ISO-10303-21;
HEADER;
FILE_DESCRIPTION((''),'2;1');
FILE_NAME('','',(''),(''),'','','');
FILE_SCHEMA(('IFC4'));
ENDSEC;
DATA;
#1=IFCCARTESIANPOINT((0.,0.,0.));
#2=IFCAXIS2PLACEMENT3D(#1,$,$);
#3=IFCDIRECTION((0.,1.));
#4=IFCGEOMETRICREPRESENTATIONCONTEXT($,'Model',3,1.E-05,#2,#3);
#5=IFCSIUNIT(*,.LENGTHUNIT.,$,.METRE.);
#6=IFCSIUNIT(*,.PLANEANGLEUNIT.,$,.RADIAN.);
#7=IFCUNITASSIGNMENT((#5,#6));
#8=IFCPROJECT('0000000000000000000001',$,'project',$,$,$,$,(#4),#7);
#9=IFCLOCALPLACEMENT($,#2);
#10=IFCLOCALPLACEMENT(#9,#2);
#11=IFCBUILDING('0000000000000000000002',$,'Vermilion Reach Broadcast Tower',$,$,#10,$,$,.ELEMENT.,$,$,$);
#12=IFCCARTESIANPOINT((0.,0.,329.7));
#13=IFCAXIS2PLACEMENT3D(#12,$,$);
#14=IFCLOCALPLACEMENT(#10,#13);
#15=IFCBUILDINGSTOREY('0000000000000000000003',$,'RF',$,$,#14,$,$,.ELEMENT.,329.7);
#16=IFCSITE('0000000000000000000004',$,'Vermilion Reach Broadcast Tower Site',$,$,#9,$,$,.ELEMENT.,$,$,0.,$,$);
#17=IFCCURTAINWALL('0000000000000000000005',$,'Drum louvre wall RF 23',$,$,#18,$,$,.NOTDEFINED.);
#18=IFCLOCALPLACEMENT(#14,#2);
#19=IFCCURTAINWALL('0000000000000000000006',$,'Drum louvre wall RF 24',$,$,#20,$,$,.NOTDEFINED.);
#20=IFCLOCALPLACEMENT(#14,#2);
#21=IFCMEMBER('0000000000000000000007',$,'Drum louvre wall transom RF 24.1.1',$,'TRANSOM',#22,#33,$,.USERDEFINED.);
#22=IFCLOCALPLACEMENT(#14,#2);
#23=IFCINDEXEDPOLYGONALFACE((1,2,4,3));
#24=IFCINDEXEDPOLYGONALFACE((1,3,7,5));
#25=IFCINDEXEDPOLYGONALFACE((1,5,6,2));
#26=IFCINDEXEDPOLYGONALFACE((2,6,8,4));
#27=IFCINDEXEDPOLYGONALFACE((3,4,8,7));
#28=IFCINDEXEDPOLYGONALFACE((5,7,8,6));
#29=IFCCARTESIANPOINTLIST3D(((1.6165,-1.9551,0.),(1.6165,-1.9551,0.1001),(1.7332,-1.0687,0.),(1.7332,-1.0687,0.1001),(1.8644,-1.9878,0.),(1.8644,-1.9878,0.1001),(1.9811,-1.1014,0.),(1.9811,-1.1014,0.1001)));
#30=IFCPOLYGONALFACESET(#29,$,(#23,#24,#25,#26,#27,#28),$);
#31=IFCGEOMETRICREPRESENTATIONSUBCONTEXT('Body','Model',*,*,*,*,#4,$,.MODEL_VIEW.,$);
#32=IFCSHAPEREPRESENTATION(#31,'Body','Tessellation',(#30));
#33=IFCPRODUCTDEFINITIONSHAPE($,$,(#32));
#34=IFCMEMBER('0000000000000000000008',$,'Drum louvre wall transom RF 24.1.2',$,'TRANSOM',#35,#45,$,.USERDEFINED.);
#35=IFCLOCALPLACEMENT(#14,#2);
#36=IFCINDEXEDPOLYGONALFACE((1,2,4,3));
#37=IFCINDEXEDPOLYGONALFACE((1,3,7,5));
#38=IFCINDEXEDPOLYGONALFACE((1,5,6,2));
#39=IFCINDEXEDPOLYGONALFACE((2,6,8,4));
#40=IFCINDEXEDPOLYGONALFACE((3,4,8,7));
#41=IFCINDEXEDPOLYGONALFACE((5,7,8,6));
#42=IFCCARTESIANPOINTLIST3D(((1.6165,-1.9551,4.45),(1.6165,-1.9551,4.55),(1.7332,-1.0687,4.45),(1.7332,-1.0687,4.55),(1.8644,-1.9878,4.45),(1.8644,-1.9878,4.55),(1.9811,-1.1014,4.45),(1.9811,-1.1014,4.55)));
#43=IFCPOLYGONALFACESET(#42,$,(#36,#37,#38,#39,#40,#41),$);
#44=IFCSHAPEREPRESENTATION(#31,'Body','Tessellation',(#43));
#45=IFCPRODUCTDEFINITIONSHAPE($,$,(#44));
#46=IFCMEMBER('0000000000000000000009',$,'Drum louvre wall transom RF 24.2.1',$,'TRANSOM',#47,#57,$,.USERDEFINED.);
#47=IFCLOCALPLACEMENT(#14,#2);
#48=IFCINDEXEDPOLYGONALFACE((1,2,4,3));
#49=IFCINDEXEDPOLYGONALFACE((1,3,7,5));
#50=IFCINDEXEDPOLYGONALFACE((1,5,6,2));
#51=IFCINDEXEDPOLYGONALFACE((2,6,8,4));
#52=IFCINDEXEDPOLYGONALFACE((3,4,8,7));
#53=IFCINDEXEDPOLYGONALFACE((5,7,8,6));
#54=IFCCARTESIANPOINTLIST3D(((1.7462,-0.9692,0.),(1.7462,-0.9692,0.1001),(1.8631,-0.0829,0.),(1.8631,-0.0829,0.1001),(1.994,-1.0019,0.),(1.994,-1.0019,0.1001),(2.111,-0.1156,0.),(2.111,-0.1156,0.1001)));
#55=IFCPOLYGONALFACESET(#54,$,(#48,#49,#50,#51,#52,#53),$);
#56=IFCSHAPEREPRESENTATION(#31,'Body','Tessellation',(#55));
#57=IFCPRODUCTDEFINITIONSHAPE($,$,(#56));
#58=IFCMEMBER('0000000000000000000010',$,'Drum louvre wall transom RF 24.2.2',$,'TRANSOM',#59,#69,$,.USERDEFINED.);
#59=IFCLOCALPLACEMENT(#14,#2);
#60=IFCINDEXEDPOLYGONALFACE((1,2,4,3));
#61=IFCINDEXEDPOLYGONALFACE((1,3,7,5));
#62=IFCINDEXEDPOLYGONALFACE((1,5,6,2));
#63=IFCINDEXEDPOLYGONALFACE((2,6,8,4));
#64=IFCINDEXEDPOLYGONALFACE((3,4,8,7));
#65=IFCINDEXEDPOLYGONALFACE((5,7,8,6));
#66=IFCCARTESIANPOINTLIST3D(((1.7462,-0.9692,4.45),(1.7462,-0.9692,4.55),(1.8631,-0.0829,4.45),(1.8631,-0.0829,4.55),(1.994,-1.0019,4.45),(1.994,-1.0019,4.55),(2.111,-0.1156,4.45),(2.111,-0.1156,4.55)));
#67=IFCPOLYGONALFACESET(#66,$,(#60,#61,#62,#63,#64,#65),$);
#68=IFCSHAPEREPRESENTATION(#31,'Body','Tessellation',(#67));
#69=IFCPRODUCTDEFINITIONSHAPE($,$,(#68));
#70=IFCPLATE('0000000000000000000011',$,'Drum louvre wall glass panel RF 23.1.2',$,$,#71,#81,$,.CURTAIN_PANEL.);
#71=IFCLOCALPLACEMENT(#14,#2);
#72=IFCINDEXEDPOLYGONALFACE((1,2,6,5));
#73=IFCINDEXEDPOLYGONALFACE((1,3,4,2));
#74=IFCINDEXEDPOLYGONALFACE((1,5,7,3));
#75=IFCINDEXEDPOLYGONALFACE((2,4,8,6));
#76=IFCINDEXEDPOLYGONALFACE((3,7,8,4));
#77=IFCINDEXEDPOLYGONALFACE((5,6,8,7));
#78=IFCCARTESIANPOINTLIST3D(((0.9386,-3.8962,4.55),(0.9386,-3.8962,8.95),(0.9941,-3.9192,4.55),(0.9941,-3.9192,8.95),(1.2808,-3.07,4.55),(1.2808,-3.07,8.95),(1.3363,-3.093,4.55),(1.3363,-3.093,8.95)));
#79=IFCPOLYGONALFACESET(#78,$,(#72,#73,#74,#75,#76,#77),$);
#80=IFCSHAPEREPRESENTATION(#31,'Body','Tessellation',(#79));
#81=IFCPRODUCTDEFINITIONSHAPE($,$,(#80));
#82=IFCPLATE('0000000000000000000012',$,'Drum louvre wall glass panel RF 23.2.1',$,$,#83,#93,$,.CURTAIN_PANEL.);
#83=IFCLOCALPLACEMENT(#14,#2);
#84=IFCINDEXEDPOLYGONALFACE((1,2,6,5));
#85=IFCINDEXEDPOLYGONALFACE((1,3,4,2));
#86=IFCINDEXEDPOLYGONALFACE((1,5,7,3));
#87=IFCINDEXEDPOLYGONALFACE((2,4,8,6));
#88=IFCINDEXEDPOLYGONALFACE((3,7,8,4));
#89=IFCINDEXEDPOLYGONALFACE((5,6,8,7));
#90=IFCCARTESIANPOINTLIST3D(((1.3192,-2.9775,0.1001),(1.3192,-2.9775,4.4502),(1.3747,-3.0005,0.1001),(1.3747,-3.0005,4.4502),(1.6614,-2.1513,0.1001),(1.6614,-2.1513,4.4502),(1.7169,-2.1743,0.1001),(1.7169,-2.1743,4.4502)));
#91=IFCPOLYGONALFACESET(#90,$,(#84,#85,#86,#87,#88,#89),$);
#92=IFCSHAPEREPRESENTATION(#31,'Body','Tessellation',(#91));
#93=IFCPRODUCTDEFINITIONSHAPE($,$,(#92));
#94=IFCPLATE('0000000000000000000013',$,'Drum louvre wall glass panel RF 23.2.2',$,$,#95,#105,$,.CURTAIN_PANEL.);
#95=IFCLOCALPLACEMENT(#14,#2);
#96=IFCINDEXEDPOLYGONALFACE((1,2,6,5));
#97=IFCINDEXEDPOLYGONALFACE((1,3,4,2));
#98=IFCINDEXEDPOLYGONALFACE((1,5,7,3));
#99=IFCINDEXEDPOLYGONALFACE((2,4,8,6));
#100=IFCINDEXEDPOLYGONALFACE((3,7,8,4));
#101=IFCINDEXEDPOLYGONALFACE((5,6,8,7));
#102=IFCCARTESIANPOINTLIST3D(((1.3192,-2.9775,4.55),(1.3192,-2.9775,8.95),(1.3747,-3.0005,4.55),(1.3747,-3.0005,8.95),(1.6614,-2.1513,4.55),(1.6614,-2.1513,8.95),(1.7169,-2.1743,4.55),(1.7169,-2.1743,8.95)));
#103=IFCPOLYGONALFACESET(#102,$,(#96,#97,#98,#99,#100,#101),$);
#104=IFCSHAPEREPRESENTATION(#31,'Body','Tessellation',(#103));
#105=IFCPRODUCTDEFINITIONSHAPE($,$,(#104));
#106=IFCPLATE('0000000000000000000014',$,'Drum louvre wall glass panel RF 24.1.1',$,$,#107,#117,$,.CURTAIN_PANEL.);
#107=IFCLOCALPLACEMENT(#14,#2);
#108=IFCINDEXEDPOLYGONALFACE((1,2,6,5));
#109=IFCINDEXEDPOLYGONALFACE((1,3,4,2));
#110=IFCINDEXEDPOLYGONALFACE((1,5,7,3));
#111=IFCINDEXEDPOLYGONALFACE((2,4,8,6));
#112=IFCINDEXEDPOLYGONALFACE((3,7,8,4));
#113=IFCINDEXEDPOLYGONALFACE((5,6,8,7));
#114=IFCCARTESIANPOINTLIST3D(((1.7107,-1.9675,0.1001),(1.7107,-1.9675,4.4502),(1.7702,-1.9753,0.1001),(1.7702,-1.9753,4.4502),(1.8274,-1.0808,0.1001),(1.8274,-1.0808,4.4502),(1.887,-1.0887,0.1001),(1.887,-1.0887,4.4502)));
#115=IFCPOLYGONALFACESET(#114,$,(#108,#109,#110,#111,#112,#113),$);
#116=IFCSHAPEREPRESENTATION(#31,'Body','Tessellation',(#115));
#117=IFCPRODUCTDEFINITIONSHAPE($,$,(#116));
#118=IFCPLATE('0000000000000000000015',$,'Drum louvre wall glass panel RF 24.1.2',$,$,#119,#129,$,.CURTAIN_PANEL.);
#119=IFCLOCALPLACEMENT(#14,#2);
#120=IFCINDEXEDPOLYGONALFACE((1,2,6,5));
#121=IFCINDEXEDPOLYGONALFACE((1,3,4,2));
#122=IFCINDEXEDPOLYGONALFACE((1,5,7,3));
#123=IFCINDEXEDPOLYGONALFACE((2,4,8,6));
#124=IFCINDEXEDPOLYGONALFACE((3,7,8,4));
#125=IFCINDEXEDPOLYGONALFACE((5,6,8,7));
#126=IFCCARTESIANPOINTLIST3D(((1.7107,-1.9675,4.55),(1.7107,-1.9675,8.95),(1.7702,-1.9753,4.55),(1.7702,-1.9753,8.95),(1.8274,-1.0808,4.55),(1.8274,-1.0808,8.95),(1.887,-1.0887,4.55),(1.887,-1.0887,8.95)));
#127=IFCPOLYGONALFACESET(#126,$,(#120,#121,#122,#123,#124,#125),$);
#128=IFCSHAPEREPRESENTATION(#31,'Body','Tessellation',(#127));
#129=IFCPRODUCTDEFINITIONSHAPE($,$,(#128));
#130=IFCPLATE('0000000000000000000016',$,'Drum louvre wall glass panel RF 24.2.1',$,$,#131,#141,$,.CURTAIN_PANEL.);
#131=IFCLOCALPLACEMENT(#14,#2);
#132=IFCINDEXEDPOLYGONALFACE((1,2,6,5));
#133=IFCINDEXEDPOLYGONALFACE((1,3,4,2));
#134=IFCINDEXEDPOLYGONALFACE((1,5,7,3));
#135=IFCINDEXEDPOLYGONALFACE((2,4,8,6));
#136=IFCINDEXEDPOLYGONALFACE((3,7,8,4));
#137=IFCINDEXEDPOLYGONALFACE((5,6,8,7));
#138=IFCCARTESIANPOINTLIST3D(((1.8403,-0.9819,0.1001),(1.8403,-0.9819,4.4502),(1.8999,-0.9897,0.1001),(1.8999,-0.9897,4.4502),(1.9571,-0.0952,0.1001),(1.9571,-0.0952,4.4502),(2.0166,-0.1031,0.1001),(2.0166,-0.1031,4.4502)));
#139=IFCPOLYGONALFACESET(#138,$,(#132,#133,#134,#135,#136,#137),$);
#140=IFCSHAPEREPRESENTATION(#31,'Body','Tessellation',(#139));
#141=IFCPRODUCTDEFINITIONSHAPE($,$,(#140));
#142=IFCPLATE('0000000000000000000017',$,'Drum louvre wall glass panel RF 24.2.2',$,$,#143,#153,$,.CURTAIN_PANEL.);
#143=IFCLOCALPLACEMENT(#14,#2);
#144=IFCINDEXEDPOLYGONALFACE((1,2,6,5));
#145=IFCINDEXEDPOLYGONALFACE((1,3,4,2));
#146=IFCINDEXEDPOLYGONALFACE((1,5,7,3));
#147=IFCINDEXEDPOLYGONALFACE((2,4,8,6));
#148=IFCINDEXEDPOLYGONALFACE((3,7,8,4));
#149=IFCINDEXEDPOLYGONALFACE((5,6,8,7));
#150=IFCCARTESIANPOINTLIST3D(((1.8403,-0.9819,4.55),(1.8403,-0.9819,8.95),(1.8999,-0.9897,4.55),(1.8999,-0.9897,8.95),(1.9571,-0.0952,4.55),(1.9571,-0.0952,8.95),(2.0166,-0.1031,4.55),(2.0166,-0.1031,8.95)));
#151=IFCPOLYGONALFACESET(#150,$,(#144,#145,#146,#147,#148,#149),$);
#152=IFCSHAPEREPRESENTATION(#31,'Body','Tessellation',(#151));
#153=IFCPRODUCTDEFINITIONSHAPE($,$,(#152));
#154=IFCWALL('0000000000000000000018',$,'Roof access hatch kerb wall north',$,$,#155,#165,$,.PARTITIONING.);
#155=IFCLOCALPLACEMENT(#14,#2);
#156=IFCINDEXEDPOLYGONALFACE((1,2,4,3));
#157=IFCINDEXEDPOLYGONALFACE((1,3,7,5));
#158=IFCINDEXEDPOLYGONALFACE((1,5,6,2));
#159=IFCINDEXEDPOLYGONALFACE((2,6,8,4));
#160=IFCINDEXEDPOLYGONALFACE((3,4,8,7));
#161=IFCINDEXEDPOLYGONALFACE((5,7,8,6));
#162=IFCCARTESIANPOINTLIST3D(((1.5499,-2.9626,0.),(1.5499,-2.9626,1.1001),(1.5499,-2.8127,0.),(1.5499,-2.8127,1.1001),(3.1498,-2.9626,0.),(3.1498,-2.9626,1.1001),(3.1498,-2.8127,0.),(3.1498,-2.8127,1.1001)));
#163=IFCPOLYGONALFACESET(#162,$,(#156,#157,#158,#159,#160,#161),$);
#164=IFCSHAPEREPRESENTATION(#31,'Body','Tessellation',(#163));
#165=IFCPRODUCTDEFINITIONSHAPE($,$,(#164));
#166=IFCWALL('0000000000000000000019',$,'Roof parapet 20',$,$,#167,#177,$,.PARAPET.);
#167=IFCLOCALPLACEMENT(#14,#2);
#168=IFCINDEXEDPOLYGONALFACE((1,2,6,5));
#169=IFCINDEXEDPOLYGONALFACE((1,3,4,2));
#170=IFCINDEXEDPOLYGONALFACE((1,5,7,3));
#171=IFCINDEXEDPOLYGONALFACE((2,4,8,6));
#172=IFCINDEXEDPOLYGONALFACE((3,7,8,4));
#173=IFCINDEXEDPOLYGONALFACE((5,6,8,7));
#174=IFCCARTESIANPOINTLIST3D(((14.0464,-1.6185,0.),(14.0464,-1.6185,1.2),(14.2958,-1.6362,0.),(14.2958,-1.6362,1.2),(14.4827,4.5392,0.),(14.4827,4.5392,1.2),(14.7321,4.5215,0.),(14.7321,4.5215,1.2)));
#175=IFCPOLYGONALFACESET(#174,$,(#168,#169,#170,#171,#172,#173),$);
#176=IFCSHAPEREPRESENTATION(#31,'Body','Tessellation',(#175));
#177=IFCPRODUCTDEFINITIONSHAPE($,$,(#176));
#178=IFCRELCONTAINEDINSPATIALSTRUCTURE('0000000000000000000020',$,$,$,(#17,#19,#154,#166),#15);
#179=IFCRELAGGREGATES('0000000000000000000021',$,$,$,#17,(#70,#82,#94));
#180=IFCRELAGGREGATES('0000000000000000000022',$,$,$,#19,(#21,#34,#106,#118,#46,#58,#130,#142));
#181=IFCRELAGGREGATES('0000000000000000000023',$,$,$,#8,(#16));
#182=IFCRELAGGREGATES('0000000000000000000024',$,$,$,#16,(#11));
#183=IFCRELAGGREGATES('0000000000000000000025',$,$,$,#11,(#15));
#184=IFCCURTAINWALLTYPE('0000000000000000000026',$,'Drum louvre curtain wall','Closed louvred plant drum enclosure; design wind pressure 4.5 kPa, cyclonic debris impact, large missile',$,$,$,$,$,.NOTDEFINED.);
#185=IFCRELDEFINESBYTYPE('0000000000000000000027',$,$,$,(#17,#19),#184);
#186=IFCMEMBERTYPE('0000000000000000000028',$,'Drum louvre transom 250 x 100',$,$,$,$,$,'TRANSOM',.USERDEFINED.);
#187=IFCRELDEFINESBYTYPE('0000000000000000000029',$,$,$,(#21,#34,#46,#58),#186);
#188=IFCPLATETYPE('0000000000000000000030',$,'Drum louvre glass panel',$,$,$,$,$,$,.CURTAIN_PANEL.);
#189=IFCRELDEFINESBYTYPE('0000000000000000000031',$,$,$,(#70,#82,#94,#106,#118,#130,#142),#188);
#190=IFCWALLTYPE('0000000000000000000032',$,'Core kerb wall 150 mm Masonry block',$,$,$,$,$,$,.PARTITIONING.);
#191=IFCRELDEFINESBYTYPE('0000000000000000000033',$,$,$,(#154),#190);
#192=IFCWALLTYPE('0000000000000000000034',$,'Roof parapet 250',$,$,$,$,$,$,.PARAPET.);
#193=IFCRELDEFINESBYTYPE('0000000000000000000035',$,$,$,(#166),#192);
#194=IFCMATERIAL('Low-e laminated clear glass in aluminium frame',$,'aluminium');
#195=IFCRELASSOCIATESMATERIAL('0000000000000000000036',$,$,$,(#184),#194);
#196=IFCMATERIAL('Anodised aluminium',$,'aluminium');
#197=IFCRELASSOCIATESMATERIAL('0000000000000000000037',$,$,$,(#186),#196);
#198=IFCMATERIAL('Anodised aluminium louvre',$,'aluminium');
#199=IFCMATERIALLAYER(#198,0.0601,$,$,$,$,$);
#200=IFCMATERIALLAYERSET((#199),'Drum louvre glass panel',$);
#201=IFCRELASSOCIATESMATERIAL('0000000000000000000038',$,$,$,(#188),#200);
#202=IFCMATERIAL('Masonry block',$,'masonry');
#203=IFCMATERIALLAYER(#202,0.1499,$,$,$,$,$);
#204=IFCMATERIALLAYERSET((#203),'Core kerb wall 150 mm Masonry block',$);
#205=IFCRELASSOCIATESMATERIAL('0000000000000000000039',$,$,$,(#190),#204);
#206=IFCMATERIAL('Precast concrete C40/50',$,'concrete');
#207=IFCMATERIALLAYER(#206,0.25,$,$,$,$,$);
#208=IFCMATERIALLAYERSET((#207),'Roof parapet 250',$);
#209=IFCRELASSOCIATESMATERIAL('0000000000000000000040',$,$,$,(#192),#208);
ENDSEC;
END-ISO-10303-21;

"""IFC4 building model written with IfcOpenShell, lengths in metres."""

from ifc_helpers import new_model, si_unit, direction, frame, frame_2d, origin, origin_2d, place, context, subcontext, project, spatial, rectangle, extrude, material, layer, layer_set, material_profile, profile_set, type_object, element, aggregate, save


model = new_model("IFC4")

# Units and contexts
model_context = context("Model", 3, precision=1e-05, world=origin(), true_north=direction((0.0, 1.0)))
body_context = subcontext(model_context, "Body", "Model", "MODEL_VIEW")
ifc_project = project(units=[si_unit("LENGTHUNIT", "METRE"), si_unit("PLANEANGLEUNIT", "RADIAN")], contexts=[model_context])

# Site, building, storey
site_placement = place(None, origin())
site = spatial("IfcSite", under=ifc_project, at=site_placement, Name="Vermilion Reach Broadcast Tower Site", CompositionType="ELEMENT", RefElevation=0.0)
building_placement = place(site_placement, origin())
building = spatial("IfcBuilding", under=site, at=building_placement, Name="Vermilion Reach Broadcast Tower", CompositionType="ELEMENT")
storey_placement = place(building_placement, frame((0.0, 0.0, 329.7)))
storey = spatial("IfcBuildingStorey", under=building, at=storey_placement, Name="RF", CompositionType="ELEMENT", Elevation=329.7)

# Shared definitions
ifc_material_1 = material(Name="Low-e laminated clear glass in aluminium frame", Category="aluminium")
curtain_wall_type = type_object("IfcCurtainWallType", Name="Drum louvre curtain wall", Description="Closed louvred plant drum enclosure; design wind pressure 4.5 kPa, cyclonic debris impact, large missile", PredefinedType="NOTDEFINED", material=ifc_material_1)
placement = place(storey_placement, origin())

# Curtain walls
curtain_wall_1 = element("IfcCurtainWall", 1, at=placement, inside=storey, type_object=curtain_wall_type, Name="Drum louvre wall RF 23", PredefinedType="NOTDEFINED")
curtain_wall_2 = element("IfcCurtainWall", 2, at=placement, inside=storey, type_object=curtain_wall_type, Name="Drum louvre wall RF 24", PredefinedType="NOTDEFINED")

# Members
ifc_material_2 = material(Name="Anodised aluminium", Category="aluminium")
ifc_material_profile_1 = material_profile(ifc_material_2, rectangle(XDim=0.25, YDim=0.1001, at=origin_2d()), Name="Drum louvre transom 250 x 100")
ifc_profile_set_1 = profile_set([ifc_material_profile_1], Name="Anodised aluminium")
member_type_1 = type_object("IfcMemberType", Name="Drum louvre transom 250 x 100", ElementType="TRANSOM", PredefinedType="USERDEFINED", material=ifc_profile_set_1)
member_1_placement = place(storey_placement, frame((1.7405, -1.9714, 0.05), z_axis=(0.130518, 0.991446, 0.0), x_axis=(-0.991446, 0.130518, 0.0)))
member_1 = element("IfcMember", 3, at=member_1_placement, type_object=member_type_1, Name="Drum louvre wall transom RF 24.1.1", ObjectType="TRANSOM", PredefinedType="USERDEFINED", context=body_context, shape_type="SweptSolid", body=[
    extrude(rectangle(XDim=0.25, YDim=0.1001, at=origin_2d()), origin(), (0.0, 0.0, 1.0), 0.894),
])
member_2_placement = place(storey_placement, frame((1.7405, -1.9714, 4.5), z_axis=(0.130518, 0.991446, 0.0), x_axis=(-0.991446, 0.130518, 0.0)))
member_2 = element("IfcMember", 4, at=member_2_placement, type_object=member_type_1, Name="Drum louvre wall transom RF 24.1.2", ObjectType="TRANSOM", PredefinedType="USERDEFINED", context=body_context, shape_type="SweptSolid", body=[
    extrude(rectangle(XDim=0.25, YDim=0.1001, at=origin_2d()), origin(), (0.0, 0.0, 1.0), 0.894),
])
member_3_placement = place(storey_placement, frame((1.8701, -0.9856, 0.05), z_axis=(0.130786, 0.991411, 0.0), x_axis=(-0.991411, 0.130786, 0.0)))
member_3 = element("IfcMember", 5, at=member_3_placement, type_object=member_type_1, Name="Drum louvre wall transom RF 24.2.1", ObjectType="TRANSOM", PredefinedType="USERDEFINED", context=body_context, shape_type="SweptSolid", body=[
    extrude(rectangle(XDim=0.25, YDim=0.1001, at=origin_2d()), origin(), (0.0, 0.0, 1.0), 0.894),
])
member_4_placement = place(storey_placement, frame((1.8701, -0.9856, 4.5), z_axis=(0.130786, 0.991411, 0.0), x_axis=(-0.991411, 0.130786, 0.0)))
member_4 = element("IfcMember", 6, at=member_4_placement, type_object=member_type_1, Name="Drum louvre wall transom RF 24.2.2", ObjectType="TRANSOM", PredefinedType="USERDEFINED", context=body_context, shape_type="SweptSolid", body=[
    extrude(rectangle(XDim=0.25, YDim=0.1001, at=origin_2d()), origin(), (0.0, 0.0, 1.0), 0.894),
])

# Plates
ifc_material_3 = material(Name="Anodised aluminium louvre", Category="aluminium")
ifc_layer_1 = layer(ifc_material_3, 0.0601)
ifc_layer_set_1 = layer_set([ifc_layer_1], Name="Drum louvre glass panel")
plate_type = type_object("IfcPlateType", Name="Drum louvre glass panel", PredefinedType="CURTAIN_PANEL", material=ifc_layer_set_1)
plate_1_placement = place(storey_placement, frame((1.1375, -3.4946, 4.55), z_axis=(0.0, 0.0, 1.0), x_axis=(0.382683, 0.92388, 0.0)))
plate_1 = element("IfcPlate", 7, at=plate_1_placement, type_object=plate_type, Name="Drum louvre wall glass panel RF 23.1.2", PredefinedType="CURTAIN_PANEL", context=body_context, shape_type="SweptSolid", body=[
    extrude(rectangle(XDim=0.8943, YDim=0.0601, at=origin_2d()), origin(), (0.0, 0.0, 1.0), 4.3999),
])
plate_2_placement = place(storey_placement, frame((1.5181, -2.5759, 0.1001), z_axis=(0.0, 0.0, 1.0), x_axis=(0.382683, 0.92388, 0.0)))
plate_2 = element("IfcPlate", 8, at=plate_2_placement, type_object=plate_type, Name="Drum louvre wall glass panel RF 23.2.1", PredefinedType="CURTAIN_PANEL", context=body_context, shape_type="SweptSolid", body=[
    extrude(rectangle(XDim=0.8943, YDim=0.0601, at=origin_2d()), origin(), (0.0, 0.0, 1.0), 4.3501),
])
plate_3_placement = place(storey_placement, frame((1.5181, -2.5759, 4.55), z_axis=(0.0, 0.0, 1.0), x_axis=(0.382683, 0.92388, 0.0)))
plate_3 = element("IfcPlate", 9, at=plate_3_placement, type_object=plate_type, Name="Drum louvre wall glass panel RF 23.2.2", PredefinedType="CURTAIN_PANEL", context=body_context, shape_type="SweptSolid", body=[
    extrude(rectangle(XDim=0.8943, YDim=0.0601, at=origin_2d()), origin(), (0.0, 0.0, 1.0), 4.3999),
])
aggregate(curtain_wall_1, [plate_1, plate_2, plate_3])
plate_4_placement = place(storey_placement, frame((1.7988, -1.5281, 0.1001), z_axis=(0.0, 0.0, 1.0), x_axis=(0.130526, 0.991445, 0.0)))
plate_4 = element("IfcPlate", 10, at=plate_4_placement, type_object=plate_type, Name="Drum louvre wall glass panel RF 24.1.1", PredefinedType="CURTAIN_PANEL", context=body_context, shape_type="SweptSolid", body=[
    extrude(rectangle(XDim=0.8943, YDim=0.0601, at=origin_2d()), origin(), (0.0, 0.0, 1.0), 4.3501),
])
plate_5_placement = place(storey_placement, frame((1.7988, -1.5281, 4.55), z_axis=(0.0, 0.0, 1.0), x_axis=(0.130526, 0.991445, 0.0)))
plate_5 = element("IfcPlate", 11, at=plate_5_placement, type_object=plate_type, Name="Drum louvre wall glass panel RF 24.1.2", PredefinedType="CURTAIN_PANEL", context=body_context, shape_type="SweptSolid", body=[
    extrude(rectangle(XDim=0.8943, YDim=0.0601, at=origin_2d()), origin(), (0.0, 0.0, 1.0), 4.3999),
])
plate_6_placement = place(storey_placement, frame((1.9285, -0.5425, 0.1001), z_axis=(0.0, 0.0, 1.0), x_axis=(0.130526, 0.991445, 0.0)))
plate_6 = element("IfcPlate", 12, at=plate_6_placement, type_object=plate_type, Name="Drum louvre wall glass panel RF 24.2.1", PredefinedType="CURTAIN_PANEL", context=body_context, shape_type="SweptSolid", body=[
    extrude(rectangle(XDim=0.8943, YDim=0.0601, at=origin_2d()), origin(), (0.0, 0.0, 1.0), 4.3501),
])
plate_7_placement = place(storey_placement, frame((1.9285, -0.5425, 4.55), z_axis=(0.0, 0.0, 1.0), x_axis=(0.130526, 0.991445, 0.0)))
plate_7 = element("IfcPlate", 13, at=plate_7_placement, type_object=plate_type, Name="Drum louvre wall glass panel RF 24.2.2", PredefinedType="CURTAIN_PANEL", context=body_context, shape_type="SweptSolid", body=[
    extrude(rectangle(XDim=0.8943, YDim=0.0601, at=origin_2d()), origin(), (0.0, 0.0, 1.0), 4.3999),
])
aggregate(curtain_wall_2, [member_1, member_2, plate_4, plate_5, member_3, member_4, plate_6, plate_7])

# Walls
ifc_material_4 = material(Name="Masonry block", Category="masonry")
ifc_layer_2 = layer(ifc_material_4, 0.1499)
ifc_layer_set_2 = layer_set([ifc_layer_2], Name="Core kerb wall 150 mm Masonry block")
wall_type_1 = type_object("IfcWallType", Name="Core kerb wall 150 mm Masonry block", PredefinedType="PARTITIONING", material=ifc_layer_set_2)
wall_1_placement = place(storey_placement, frame((1.55, -2.8877, 0.0), z_axis=(0.0, 0.0, 1.0), x_axis=(1.0, 0.0, 0.0)))
element("IfcWall", 14, at=wall_1_placement, inside=storey, type_object=wall_type_1, Name="Roof access hatch kerb wall north", PredefinedType="PARTITIONING", context=body_context, shape_type="SweptSolid", body=[
    extrude(rectangle(XDim=1.5999, YDim=0.1499, at=frame_2d((0.7998, 0.0))), origin(), (0.0, 0.0, 1.0), 1.1001),
])
ifc_material_5 = material(Name="Precast concrete C40/50", Category="concrete")
ifc_layer_3 = layer(ifc_material_5, 0.25)
ifc_layer_set_3 = layer_set([ifc_layer_3], Name="Roof parapet 250")
wall_type_2 = type_object("IfcWallType", Name="Roof parapet 250", PredefinedType="PARAPET", material=ifc_layer_set_3)
wall_2_placement = place(storey_placement, frame((14.1711, -1.6272, 0.0), z_axis=(0.0, 0.0, 1.0), x_axis=(0.070674, 0.997499, 0.0)))
element("IfcWall", 15, at=wall_2_placement, inside=storey, type_object=wall_type_2, Name="Roof parapet 20", PredefinedType="PARAPET", context=body_context, shape_type="SweptSolid", body=[
    extrude(rectangle(XDim=6.1731, YDim=0.25, at=frame_2d((3.0864, 0.0))), origin(), (0.0, 0.0, 1.0), 1.2),
])

save(model, "model.ifc")
